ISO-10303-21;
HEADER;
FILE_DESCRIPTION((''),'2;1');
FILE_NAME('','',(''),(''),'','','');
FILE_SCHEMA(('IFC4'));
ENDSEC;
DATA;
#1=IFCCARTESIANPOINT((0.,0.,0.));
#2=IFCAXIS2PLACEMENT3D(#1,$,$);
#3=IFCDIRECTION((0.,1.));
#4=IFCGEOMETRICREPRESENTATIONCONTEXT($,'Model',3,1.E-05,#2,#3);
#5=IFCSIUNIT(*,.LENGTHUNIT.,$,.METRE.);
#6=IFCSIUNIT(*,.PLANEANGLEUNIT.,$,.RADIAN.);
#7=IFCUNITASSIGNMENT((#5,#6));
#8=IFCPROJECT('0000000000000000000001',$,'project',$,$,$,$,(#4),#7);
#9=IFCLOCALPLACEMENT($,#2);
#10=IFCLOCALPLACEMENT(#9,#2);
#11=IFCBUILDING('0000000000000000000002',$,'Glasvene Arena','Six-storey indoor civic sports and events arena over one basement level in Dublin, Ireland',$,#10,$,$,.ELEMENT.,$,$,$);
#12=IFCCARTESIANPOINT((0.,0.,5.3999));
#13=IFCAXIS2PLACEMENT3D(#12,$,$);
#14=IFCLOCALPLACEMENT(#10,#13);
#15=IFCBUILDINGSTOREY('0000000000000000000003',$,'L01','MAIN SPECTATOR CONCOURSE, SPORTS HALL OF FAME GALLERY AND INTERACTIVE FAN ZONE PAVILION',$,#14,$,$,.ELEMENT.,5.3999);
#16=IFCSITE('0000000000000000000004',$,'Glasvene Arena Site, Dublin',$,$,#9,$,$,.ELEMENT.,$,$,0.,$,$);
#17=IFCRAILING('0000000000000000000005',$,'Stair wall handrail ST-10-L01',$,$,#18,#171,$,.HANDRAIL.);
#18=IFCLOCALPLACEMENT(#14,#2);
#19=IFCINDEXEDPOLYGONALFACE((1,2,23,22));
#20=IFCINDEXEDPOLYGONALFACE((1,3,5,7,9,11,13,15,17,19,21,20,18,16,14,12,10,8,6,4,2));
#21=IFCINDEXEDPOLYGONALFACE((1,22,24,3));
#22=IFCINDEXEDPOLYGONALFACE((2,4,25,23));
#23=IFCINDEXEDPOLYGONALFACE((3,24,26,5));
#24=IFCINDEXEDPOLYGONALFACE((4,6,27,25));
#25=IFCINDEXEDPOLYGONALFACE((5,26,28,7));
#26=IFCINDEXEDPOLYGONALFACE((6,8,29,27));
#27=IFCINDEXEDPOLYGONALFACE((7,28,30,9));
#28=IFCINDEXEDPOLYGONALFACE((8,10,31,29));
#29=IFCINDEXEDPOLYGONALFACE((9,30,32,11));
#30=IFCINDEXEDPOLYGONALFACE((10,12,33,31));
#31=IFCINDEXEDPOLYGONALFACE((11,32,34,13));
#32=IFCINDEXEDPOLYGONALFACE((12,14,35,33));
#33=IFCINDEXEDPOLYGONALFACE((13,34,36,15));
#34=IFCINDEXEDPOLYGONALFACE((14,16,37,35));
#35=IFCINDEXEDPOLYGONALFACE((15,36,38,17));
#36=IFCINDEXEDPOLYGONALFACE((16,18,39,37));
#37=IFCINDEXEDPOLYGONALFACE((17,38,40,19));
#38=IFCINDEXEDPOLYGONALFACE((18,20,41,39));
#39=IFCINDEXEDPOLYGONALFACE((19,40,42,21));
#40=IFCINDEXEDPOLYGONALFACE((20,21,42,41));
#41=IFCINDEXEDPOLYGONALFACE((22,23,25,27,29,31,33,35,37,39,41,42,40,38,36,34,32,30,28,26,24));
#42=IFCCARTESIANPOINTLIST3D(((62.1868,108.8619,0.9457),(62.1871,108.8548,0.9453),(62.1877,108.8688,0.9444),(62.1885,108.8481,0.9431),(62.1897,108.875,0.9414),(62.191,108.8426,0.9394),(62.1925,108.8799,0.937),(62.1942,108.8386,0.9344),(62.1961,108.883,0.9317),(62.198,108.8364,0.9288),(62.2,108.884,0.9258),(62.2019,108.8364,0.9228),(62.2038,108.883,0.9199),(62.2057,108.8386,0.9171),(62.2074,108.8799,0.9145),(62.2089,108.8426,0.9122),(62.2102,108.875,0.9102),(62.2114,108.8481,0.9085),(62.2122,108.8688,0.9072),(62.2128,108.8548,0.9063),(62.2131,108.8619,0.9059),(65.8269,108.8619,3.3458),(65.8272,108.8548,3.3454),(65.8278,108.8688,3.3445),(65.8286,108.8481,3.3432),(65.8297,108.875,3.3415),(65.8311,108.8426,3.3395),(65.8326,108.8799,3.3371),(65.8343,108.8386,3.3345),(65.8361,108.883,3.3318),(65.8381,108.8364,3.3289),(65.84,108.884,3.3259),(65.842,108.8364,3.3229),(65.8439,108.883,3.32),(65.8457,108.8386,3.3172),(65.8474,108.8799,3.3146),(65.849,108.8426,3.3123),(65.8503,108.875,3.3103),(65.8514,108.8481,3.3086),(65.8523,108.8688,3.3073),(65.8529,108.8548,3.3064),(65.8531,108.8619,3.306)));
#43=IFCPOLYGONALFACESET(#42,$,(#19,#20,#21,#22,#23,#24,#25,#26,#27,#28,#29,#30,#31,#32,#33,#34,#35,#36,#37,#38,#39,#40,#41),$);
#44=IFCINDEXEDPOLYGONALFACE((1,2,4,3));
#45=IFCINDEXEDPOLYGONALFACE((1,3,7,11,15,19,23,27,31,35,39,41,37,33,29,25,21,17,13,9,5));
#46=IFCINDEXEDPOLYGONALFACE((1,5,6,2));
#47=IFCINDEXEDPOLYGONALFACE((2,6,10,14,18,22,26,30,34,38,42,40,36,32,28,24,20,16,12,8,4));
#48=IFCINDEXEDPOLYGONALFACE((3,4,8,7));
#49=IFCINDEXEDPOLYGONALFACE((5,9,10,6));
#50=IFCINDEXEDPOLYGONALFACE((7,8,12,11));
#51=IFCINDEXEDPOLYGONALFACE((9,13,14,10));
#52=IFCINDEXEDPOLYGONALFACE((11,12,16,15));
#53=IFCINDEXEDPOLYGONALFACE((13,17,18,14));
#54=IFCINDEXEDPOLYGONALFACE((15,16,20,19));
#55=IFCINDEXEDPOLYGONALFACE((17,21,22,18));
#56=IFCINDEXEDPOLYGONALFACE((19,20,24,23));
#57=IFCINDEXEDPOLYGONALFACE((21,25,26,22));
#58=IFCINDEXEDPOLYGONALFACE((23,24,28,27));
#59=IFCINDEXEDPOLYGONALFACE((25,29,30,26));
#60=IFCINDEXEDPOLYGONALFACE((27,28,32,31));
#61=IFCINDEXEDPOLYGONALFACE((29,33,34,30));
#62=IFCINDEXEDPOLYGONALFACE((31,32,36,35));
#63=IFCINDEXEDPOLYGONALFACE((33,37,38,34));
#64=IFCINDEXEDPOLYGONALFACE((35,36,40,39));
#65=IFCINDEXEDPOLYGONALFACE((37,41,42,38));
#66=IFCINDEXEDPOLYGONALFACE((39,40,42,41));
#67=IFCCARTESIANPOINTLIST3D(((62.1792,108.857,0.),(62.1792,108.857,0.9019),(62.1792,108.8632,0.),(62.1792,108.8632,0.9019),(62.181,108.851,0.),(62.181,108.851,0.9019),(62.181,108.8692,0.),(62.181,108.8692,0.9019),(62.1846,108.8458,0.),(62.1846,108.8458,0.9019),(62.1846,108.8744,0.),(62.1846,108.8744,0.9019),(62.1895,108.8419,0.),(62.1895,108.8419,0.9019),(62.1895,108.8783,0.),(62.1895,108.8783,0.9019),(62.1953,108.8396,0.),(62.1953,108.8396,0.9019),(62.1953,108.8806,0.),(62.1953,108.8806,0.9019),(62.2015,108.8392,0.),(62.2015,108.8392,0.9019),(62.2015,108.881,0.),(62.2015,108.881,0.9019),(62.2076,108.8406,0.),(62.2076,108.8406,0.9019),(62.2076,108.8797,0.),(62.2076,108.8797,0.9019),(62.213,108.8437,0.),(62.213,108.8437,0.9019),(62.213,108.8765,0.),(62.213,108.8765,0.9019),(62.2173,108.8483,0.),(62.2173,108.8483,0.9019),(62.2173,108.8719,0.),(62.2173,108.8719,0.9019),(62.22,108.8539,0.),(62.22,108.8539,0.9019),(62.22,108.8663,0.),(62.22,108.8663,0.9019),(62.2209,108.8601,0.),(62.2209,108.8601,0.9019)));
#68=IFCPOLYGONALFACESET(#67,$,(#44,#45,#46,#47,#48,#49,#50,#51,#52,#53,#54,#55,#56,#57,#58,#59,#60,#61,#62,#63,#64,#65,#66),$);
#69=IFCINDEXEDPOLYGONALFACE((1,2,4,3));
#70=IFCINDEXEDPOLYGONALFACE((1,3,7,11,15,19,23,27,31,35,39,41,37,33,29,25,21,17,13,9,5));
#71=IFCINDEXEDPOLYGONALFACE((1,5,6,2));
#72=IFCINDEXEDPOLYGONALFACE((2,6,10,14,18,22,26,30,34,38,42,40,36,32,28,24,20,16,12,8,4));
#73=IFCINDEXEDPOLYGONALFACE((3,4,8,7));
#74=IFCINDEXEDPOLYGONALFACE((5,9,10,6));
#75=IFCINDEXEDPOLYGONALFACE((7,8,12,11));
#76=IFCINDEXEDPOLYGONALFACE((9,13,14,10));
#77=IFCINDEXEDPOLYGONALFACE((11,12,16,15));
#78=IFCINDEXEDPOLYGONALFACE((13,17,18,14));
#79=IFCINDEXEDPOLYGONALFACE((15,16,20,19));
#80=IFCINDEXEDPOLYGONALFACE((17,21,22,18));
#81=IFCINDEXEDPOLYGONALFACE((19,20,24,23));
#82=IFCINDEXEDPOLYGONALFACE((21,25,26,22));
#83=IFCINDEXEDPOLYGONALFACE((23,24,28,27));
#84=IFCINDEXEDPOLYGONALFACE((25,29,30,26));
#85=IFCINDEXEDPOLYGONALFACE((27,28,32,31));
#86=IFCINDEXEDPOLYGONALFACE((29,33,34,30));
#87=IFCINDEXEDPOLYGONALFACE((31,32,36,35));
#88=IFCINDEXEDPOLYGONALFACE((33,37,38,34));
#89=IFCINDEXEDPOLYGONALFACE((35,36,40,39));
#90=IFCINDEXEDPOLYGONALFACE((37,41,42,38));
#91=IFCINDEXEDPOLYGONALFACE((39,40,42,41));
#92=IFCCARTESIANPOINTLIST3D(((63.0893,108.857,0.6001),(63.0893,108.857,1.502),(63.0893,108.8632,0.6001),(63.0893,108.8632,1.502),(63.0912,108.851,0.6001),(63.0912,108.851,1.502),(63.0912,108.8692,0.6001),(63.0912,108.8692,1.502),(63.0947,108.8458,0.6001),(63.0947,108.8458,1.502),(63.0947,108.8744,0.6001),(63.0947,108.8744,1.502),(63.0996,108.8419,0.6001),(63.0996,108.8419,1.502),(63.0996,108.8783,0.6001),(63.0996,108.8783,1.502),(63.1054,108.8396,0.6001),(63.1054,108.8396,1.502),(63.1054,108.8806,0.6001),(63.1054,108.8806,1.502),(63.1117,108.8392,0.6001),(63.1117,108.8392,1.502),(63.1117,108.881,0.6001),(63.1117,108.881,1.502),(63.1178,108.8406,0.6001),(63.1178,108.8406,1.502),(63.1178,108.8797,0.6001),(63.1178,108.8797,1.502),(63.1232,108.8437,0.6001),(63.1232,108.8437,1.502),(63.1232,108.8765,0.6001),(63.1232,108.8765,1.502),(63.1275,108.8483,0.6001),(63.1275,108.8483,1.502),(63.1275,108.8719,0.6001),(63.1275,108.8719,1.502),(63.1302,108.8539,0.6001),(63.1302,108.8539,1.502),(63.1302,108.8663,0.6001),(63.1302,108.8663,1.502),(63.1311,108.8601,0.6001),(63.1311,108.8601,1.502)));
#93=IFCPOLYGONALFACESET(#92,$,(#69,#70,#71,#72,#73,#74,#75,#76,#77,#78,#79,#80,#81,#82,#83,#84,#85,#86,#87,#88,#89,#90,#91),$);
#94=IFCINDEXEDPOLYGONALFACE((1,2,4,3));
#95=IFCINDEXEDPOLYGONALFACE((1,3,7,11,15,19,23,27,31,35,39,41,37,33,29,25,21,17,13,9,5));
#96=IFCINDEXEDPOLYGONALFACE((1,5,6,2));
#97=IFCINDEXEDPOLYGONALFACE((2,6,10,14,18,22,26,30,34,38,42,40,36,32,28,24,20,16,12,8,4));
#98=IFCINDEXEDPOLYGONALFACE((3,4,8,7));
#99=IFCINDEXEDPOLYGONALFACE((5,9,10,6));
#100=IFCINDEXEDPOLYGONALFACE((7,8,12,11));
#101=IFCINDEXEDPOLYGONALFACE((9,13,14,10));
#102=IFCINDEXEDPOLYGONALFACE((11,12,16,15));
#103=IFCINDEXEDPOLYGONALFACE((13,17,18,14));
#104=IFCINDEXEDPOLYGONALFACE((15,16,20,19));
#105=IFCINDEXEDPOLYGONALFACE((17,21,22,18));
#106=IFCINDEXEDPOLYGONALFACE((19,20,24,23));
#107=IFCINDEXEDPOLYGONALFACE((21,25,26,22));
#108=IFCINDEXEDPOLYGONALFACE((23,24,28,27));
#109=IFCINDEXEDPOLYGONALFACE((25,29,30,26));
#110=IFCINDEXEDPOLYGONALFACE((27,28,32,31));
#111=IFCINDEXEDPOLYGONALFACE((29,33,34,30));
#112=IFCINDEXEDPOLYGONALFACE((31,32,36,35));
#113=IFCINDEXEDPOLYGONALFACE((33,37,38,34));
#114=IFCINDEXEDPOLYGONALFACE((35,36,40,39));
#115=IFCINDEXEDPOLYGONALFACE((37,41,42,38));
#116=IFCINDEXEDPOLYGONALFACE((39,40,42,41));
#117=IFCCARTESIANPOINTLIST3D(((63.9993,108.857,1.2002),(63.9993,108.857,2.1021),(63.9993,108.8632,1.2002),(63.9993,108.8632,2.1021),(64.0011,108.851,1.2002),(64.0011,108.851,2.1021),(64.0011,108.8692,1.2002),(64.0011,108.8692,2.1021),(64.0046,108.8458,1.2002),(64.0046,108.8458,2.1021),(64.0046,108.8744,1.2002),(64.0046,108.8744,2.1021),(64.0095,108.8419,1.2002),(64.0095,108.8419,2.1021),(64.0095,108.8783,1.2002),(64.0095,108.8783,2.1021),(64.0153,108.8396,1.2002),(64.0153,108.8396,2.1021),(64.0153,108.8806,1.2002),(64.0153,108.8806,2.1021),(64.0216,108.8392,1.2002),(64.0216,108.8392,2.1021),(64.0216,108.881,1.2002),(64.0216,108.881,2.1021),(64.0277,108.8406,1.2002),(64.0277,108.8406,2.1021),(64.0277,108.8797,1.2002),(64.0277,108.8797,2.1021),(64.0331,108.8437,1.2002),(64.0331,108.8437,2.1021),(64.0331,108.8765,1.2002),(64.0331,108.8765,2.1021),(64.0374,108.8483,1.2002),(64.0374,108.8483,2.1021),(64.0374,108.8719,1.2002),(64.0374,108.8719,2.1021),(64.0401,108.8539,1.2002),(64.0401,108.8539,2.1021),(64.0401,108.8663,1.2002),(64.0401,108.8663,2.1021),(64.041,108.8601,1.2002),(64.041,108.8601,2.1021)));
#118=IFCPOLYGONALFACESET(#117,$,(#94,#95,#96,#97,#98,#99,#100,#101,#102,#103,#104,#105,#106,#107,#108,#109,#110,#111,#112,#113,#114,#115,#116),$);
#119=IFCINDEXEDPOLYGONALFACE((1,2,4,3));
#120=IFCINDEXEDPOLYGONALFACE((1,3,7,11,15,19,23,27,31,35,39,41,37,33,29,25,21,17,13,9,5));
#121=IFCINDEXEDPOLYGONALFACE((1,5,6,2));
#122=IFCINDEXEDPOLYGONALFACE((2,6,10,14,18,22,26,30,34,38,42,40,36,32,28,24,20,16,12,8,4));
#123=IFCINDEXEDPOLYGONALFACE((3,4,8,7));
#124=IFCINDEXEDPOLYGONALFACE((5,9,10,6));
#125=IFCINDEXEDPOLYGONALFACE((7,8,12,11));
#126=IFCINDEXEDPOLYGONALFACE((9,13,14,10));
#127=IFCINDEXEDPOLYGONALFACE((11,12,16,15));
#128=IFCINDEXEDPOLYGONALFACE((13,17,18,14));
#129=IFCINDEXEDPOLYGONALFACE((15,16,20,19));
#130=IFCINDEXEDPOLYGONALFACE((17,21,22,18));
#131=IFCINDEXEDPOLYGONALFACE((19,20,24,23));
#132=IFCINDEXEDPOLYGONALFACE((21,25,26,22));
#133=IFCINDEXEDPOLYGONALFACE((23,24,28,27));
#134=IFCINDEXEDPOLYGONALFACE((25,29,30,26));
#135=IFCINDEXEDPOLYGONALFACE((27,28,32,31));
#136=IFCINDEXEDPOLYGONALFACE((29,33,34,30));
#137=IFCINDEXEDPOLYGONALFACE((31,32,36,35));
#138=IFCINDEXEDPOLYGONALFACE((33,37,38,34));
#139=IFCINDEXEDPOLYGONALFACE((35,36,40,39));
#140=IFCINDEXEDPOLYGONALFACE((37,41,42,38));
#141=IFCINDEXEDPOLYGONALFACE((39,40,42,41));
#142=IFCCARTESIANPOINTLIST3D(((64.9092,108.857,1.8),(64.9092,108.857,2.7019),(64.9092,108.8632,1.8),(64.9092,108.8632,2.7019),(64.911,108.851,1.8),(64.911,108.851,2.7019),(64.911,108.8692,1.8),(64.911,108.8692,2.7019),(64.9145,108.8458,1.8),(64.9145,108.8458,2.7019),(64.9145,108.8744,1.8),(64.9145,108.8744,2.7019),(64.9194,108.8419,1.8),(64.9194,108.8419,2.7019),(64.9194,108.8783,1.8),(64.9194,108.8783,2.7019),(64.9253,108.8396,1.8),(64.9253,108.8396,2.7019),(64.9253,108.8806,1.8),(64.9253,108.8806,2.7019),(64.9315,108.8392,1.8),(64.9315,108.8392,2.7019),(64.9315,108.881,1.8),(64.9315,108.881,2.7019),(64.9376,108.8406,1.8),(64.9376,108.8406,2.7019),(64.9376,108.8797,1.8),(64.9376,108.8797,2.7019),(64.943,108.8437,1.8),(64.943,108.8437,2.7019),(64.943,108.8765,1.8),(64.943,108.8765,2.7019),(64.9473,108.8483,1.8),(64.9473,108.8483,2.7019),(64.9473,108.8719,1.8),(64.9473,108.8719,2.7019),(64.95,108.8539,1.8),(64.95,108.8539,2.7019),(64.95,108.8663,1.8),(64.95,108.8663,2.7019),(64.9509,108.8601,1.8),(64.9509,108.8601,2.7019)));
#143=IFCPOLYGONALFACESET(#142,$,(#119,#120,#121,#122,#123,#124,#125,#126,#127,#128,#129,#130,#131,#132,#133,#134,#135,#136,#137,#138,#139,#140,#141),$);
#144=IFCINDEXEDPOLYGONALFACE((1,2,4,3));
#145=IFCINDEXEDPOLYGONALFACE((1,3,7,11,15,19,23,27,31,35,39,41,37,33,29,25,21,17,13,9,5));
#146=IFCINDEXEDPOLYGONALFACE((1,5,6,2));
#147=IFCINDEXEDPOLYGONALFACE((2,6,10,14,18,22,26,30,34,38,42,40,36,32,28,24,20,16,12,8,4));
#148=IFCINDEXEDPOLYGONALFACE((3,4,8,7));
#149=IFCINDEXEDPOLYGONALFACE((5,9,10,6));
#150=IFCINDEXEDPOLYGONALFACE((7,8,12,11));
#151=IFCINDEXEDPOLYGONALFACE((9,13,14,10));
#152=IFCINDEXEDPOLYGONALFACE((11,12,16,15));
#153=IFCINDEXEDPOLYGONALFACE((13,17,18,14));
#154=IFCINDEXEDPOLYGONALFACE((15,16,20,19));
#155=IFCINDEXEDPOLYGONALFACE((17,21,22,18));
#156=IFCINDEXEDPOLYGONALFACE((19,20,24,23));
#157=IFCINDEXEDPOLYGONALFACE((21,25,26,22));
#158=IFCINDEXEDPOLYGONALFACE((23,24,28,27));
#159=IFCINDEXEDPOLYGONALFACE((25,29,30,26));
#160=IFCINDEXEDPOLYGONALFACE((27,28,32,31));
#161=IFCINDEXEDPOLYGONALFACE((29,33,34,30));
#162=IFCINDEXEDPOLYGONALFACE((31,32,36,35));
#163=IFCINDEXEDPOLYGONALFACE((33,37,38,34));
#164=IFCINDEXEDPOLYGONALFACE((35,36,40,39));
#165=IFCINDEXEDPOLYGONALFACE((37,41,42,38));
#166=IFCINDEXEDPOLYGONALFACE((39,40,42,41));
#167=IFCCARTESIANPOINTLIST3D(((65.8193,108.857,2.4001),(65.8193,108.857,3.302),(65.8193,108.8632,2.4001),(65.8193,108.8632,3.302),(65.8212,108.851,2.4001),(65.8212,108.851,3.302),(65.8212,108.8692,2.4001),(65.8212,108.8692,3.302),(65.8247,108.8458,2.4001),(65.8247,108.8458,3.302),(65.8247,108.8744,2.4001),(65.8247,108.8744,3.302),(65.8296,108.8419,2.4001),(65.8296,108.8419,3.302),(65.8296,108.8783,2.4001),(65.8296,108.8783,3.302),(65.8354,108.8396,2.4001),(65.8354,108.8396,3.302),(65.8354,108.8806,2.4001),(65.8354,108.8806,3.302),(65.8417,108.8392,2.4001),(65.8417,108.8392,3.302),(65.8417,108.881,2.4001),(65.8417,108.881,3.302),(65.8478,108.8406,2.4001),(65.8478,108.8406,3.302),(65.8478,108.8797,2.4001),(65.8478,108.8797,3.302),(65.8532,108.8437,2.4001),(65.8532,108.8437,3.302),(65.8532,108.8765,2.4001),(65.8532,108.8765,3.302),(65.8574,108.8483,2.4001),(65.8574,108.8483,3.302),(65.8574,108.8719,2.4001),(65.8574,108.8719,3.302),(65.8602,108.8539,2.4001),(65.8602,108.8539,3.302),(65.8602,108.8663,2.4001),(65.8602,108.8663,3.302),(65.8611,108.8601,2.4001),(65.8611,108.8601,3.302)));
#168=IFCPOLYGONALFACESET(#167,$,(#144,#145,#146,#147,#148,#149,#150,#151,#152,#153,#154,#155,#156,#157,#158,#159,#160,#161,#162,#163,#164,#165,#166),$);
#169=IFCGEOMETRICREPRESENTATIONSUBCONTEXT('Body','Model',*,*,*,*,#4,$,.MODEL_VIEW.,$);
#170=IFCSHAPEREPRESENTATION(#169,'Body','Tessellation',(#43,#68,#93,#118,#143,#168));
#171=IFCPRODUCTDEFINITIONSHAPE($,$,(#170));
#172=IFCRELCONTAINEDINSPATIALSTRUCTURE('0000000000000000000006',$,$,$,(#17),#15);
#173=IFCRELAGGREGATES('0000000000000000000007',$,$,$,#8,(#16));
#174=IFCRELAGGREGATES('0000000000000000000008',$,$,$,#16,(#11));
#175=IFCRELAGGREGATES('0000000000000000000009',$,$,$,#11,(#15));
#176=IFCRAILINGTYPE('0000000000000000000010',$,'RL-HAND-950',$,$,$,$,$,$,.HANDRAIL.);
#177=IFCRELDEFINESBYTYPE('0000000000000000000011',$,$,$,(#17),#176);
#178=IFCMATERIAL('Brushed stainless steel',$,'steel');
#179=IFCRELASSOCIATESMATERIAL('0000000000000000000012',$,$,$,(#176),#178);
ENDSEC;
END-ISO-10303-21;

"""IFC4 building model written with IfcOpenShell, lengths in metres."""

from ifc_helpers import new_model, si_unit, direction, frame, origin, origin_2d, place, context, subcontext, project, spatial, circle, extrude, material, type_object, element, save


model = new_model("IFC4")

# Units and contexts
model_context = context("Model", 3, precision=1e-05, world=origin(), true_north=direction((0.0, 1.0)))
body_context = subcontext(model_context, "Body", "Model", "MODEL_VIEW")
ifc_project = project(units=[si_unit("LENGTHUNIT", "METRE"), si_unit("PLANEANGLEUNIT", "RADIAN")], contexts=[model_context])

# Site, building, storey
site_placement = place(None, origin())
site = spatial("IfcSite", under=ifc_project, at=site_placement, Name="Glasvene Arena Site, Dublin", CompositionType="ELEMENT", RefElevation=0.0)
building_placement = place(site_placement, origin())
building = spatial("IfcBuilding", under=site, at=building_placement, Name="Glasvene Arena", Description="Six-storey indoor civic sports and events arena over one basement level in Dublin, Ireland", CompositionType="ELEMENT")
storey_placement = place(building_placement, frame((0.0, 0.0, 5.3999)))
storey = spatial("IfcBuildingStorey", under=building, at=storey_placement, Name="L01", Description="MAIN SPECTATOR CONCOURSE, SPORTS HALL OF FAME GALLERY AND INTERACTIVE FAN ZONE PAVILION", CompositionType="ELEMENT", Elevation=5.3999)

# Railing
ifc_material_1 = material(Name="Brushed stainless steel", Category="steel")
railing_type_1 = type_object("IfcRailingType", Name="RL-HAND-950", PredefinedType="HANDRAIL", material=ifc_material_1)
railing_1_placement = place(storey_placement, frame((62.2, 108.8601, 0.0)))
element("IfcRailing", 1, at=railing_1_placement, inside=storey, type_object=railing_type_1, Name="Stair wall handrail ST-10-L01", PredefinedType="HANDRAIL", context=body_context, shape_type="SweptSolid", body=[
    extrude(circle(Radius=0.0239, at=origin_2d()), frame((0.0, 0.0, 0.9258), z_axis=(0.834856, 0.0, 0.550468), x_axis=(0.0, 1.0, 0.0)), (0.0, 0.0, 1.0), 4.3601),
    extrude(circle(Radius=0.021, at=origin_2d()), origin(), (0.0, 0.0, 1.0), 0.9019),
    extrude(circle(Radius=0.021, at=origin_2d()), frame((0.9102, 0.0, 0.6001)), (0.0, 0.0, 1.0), 0.9019),
    extrude(circle(Radius=0.021, at=origin_2d()), frame((1.8201, 0.0, 1.2002)), (0.0, 0.0, 1.0), 0.9019),
    extrude(circle(Radius=0.021, at=origin_2d()), frame((2.73, 0.0, 1.8)), (0.0, 0.0, 1.0), 0.9019),
    extrude(circle(Radius=0.021, at=origin_2d()), frame((3.6401, 0.0, 2.4001)), (0.0, 0.0, 1.0), 0.9019),
])

save(model, "model.ifc")
